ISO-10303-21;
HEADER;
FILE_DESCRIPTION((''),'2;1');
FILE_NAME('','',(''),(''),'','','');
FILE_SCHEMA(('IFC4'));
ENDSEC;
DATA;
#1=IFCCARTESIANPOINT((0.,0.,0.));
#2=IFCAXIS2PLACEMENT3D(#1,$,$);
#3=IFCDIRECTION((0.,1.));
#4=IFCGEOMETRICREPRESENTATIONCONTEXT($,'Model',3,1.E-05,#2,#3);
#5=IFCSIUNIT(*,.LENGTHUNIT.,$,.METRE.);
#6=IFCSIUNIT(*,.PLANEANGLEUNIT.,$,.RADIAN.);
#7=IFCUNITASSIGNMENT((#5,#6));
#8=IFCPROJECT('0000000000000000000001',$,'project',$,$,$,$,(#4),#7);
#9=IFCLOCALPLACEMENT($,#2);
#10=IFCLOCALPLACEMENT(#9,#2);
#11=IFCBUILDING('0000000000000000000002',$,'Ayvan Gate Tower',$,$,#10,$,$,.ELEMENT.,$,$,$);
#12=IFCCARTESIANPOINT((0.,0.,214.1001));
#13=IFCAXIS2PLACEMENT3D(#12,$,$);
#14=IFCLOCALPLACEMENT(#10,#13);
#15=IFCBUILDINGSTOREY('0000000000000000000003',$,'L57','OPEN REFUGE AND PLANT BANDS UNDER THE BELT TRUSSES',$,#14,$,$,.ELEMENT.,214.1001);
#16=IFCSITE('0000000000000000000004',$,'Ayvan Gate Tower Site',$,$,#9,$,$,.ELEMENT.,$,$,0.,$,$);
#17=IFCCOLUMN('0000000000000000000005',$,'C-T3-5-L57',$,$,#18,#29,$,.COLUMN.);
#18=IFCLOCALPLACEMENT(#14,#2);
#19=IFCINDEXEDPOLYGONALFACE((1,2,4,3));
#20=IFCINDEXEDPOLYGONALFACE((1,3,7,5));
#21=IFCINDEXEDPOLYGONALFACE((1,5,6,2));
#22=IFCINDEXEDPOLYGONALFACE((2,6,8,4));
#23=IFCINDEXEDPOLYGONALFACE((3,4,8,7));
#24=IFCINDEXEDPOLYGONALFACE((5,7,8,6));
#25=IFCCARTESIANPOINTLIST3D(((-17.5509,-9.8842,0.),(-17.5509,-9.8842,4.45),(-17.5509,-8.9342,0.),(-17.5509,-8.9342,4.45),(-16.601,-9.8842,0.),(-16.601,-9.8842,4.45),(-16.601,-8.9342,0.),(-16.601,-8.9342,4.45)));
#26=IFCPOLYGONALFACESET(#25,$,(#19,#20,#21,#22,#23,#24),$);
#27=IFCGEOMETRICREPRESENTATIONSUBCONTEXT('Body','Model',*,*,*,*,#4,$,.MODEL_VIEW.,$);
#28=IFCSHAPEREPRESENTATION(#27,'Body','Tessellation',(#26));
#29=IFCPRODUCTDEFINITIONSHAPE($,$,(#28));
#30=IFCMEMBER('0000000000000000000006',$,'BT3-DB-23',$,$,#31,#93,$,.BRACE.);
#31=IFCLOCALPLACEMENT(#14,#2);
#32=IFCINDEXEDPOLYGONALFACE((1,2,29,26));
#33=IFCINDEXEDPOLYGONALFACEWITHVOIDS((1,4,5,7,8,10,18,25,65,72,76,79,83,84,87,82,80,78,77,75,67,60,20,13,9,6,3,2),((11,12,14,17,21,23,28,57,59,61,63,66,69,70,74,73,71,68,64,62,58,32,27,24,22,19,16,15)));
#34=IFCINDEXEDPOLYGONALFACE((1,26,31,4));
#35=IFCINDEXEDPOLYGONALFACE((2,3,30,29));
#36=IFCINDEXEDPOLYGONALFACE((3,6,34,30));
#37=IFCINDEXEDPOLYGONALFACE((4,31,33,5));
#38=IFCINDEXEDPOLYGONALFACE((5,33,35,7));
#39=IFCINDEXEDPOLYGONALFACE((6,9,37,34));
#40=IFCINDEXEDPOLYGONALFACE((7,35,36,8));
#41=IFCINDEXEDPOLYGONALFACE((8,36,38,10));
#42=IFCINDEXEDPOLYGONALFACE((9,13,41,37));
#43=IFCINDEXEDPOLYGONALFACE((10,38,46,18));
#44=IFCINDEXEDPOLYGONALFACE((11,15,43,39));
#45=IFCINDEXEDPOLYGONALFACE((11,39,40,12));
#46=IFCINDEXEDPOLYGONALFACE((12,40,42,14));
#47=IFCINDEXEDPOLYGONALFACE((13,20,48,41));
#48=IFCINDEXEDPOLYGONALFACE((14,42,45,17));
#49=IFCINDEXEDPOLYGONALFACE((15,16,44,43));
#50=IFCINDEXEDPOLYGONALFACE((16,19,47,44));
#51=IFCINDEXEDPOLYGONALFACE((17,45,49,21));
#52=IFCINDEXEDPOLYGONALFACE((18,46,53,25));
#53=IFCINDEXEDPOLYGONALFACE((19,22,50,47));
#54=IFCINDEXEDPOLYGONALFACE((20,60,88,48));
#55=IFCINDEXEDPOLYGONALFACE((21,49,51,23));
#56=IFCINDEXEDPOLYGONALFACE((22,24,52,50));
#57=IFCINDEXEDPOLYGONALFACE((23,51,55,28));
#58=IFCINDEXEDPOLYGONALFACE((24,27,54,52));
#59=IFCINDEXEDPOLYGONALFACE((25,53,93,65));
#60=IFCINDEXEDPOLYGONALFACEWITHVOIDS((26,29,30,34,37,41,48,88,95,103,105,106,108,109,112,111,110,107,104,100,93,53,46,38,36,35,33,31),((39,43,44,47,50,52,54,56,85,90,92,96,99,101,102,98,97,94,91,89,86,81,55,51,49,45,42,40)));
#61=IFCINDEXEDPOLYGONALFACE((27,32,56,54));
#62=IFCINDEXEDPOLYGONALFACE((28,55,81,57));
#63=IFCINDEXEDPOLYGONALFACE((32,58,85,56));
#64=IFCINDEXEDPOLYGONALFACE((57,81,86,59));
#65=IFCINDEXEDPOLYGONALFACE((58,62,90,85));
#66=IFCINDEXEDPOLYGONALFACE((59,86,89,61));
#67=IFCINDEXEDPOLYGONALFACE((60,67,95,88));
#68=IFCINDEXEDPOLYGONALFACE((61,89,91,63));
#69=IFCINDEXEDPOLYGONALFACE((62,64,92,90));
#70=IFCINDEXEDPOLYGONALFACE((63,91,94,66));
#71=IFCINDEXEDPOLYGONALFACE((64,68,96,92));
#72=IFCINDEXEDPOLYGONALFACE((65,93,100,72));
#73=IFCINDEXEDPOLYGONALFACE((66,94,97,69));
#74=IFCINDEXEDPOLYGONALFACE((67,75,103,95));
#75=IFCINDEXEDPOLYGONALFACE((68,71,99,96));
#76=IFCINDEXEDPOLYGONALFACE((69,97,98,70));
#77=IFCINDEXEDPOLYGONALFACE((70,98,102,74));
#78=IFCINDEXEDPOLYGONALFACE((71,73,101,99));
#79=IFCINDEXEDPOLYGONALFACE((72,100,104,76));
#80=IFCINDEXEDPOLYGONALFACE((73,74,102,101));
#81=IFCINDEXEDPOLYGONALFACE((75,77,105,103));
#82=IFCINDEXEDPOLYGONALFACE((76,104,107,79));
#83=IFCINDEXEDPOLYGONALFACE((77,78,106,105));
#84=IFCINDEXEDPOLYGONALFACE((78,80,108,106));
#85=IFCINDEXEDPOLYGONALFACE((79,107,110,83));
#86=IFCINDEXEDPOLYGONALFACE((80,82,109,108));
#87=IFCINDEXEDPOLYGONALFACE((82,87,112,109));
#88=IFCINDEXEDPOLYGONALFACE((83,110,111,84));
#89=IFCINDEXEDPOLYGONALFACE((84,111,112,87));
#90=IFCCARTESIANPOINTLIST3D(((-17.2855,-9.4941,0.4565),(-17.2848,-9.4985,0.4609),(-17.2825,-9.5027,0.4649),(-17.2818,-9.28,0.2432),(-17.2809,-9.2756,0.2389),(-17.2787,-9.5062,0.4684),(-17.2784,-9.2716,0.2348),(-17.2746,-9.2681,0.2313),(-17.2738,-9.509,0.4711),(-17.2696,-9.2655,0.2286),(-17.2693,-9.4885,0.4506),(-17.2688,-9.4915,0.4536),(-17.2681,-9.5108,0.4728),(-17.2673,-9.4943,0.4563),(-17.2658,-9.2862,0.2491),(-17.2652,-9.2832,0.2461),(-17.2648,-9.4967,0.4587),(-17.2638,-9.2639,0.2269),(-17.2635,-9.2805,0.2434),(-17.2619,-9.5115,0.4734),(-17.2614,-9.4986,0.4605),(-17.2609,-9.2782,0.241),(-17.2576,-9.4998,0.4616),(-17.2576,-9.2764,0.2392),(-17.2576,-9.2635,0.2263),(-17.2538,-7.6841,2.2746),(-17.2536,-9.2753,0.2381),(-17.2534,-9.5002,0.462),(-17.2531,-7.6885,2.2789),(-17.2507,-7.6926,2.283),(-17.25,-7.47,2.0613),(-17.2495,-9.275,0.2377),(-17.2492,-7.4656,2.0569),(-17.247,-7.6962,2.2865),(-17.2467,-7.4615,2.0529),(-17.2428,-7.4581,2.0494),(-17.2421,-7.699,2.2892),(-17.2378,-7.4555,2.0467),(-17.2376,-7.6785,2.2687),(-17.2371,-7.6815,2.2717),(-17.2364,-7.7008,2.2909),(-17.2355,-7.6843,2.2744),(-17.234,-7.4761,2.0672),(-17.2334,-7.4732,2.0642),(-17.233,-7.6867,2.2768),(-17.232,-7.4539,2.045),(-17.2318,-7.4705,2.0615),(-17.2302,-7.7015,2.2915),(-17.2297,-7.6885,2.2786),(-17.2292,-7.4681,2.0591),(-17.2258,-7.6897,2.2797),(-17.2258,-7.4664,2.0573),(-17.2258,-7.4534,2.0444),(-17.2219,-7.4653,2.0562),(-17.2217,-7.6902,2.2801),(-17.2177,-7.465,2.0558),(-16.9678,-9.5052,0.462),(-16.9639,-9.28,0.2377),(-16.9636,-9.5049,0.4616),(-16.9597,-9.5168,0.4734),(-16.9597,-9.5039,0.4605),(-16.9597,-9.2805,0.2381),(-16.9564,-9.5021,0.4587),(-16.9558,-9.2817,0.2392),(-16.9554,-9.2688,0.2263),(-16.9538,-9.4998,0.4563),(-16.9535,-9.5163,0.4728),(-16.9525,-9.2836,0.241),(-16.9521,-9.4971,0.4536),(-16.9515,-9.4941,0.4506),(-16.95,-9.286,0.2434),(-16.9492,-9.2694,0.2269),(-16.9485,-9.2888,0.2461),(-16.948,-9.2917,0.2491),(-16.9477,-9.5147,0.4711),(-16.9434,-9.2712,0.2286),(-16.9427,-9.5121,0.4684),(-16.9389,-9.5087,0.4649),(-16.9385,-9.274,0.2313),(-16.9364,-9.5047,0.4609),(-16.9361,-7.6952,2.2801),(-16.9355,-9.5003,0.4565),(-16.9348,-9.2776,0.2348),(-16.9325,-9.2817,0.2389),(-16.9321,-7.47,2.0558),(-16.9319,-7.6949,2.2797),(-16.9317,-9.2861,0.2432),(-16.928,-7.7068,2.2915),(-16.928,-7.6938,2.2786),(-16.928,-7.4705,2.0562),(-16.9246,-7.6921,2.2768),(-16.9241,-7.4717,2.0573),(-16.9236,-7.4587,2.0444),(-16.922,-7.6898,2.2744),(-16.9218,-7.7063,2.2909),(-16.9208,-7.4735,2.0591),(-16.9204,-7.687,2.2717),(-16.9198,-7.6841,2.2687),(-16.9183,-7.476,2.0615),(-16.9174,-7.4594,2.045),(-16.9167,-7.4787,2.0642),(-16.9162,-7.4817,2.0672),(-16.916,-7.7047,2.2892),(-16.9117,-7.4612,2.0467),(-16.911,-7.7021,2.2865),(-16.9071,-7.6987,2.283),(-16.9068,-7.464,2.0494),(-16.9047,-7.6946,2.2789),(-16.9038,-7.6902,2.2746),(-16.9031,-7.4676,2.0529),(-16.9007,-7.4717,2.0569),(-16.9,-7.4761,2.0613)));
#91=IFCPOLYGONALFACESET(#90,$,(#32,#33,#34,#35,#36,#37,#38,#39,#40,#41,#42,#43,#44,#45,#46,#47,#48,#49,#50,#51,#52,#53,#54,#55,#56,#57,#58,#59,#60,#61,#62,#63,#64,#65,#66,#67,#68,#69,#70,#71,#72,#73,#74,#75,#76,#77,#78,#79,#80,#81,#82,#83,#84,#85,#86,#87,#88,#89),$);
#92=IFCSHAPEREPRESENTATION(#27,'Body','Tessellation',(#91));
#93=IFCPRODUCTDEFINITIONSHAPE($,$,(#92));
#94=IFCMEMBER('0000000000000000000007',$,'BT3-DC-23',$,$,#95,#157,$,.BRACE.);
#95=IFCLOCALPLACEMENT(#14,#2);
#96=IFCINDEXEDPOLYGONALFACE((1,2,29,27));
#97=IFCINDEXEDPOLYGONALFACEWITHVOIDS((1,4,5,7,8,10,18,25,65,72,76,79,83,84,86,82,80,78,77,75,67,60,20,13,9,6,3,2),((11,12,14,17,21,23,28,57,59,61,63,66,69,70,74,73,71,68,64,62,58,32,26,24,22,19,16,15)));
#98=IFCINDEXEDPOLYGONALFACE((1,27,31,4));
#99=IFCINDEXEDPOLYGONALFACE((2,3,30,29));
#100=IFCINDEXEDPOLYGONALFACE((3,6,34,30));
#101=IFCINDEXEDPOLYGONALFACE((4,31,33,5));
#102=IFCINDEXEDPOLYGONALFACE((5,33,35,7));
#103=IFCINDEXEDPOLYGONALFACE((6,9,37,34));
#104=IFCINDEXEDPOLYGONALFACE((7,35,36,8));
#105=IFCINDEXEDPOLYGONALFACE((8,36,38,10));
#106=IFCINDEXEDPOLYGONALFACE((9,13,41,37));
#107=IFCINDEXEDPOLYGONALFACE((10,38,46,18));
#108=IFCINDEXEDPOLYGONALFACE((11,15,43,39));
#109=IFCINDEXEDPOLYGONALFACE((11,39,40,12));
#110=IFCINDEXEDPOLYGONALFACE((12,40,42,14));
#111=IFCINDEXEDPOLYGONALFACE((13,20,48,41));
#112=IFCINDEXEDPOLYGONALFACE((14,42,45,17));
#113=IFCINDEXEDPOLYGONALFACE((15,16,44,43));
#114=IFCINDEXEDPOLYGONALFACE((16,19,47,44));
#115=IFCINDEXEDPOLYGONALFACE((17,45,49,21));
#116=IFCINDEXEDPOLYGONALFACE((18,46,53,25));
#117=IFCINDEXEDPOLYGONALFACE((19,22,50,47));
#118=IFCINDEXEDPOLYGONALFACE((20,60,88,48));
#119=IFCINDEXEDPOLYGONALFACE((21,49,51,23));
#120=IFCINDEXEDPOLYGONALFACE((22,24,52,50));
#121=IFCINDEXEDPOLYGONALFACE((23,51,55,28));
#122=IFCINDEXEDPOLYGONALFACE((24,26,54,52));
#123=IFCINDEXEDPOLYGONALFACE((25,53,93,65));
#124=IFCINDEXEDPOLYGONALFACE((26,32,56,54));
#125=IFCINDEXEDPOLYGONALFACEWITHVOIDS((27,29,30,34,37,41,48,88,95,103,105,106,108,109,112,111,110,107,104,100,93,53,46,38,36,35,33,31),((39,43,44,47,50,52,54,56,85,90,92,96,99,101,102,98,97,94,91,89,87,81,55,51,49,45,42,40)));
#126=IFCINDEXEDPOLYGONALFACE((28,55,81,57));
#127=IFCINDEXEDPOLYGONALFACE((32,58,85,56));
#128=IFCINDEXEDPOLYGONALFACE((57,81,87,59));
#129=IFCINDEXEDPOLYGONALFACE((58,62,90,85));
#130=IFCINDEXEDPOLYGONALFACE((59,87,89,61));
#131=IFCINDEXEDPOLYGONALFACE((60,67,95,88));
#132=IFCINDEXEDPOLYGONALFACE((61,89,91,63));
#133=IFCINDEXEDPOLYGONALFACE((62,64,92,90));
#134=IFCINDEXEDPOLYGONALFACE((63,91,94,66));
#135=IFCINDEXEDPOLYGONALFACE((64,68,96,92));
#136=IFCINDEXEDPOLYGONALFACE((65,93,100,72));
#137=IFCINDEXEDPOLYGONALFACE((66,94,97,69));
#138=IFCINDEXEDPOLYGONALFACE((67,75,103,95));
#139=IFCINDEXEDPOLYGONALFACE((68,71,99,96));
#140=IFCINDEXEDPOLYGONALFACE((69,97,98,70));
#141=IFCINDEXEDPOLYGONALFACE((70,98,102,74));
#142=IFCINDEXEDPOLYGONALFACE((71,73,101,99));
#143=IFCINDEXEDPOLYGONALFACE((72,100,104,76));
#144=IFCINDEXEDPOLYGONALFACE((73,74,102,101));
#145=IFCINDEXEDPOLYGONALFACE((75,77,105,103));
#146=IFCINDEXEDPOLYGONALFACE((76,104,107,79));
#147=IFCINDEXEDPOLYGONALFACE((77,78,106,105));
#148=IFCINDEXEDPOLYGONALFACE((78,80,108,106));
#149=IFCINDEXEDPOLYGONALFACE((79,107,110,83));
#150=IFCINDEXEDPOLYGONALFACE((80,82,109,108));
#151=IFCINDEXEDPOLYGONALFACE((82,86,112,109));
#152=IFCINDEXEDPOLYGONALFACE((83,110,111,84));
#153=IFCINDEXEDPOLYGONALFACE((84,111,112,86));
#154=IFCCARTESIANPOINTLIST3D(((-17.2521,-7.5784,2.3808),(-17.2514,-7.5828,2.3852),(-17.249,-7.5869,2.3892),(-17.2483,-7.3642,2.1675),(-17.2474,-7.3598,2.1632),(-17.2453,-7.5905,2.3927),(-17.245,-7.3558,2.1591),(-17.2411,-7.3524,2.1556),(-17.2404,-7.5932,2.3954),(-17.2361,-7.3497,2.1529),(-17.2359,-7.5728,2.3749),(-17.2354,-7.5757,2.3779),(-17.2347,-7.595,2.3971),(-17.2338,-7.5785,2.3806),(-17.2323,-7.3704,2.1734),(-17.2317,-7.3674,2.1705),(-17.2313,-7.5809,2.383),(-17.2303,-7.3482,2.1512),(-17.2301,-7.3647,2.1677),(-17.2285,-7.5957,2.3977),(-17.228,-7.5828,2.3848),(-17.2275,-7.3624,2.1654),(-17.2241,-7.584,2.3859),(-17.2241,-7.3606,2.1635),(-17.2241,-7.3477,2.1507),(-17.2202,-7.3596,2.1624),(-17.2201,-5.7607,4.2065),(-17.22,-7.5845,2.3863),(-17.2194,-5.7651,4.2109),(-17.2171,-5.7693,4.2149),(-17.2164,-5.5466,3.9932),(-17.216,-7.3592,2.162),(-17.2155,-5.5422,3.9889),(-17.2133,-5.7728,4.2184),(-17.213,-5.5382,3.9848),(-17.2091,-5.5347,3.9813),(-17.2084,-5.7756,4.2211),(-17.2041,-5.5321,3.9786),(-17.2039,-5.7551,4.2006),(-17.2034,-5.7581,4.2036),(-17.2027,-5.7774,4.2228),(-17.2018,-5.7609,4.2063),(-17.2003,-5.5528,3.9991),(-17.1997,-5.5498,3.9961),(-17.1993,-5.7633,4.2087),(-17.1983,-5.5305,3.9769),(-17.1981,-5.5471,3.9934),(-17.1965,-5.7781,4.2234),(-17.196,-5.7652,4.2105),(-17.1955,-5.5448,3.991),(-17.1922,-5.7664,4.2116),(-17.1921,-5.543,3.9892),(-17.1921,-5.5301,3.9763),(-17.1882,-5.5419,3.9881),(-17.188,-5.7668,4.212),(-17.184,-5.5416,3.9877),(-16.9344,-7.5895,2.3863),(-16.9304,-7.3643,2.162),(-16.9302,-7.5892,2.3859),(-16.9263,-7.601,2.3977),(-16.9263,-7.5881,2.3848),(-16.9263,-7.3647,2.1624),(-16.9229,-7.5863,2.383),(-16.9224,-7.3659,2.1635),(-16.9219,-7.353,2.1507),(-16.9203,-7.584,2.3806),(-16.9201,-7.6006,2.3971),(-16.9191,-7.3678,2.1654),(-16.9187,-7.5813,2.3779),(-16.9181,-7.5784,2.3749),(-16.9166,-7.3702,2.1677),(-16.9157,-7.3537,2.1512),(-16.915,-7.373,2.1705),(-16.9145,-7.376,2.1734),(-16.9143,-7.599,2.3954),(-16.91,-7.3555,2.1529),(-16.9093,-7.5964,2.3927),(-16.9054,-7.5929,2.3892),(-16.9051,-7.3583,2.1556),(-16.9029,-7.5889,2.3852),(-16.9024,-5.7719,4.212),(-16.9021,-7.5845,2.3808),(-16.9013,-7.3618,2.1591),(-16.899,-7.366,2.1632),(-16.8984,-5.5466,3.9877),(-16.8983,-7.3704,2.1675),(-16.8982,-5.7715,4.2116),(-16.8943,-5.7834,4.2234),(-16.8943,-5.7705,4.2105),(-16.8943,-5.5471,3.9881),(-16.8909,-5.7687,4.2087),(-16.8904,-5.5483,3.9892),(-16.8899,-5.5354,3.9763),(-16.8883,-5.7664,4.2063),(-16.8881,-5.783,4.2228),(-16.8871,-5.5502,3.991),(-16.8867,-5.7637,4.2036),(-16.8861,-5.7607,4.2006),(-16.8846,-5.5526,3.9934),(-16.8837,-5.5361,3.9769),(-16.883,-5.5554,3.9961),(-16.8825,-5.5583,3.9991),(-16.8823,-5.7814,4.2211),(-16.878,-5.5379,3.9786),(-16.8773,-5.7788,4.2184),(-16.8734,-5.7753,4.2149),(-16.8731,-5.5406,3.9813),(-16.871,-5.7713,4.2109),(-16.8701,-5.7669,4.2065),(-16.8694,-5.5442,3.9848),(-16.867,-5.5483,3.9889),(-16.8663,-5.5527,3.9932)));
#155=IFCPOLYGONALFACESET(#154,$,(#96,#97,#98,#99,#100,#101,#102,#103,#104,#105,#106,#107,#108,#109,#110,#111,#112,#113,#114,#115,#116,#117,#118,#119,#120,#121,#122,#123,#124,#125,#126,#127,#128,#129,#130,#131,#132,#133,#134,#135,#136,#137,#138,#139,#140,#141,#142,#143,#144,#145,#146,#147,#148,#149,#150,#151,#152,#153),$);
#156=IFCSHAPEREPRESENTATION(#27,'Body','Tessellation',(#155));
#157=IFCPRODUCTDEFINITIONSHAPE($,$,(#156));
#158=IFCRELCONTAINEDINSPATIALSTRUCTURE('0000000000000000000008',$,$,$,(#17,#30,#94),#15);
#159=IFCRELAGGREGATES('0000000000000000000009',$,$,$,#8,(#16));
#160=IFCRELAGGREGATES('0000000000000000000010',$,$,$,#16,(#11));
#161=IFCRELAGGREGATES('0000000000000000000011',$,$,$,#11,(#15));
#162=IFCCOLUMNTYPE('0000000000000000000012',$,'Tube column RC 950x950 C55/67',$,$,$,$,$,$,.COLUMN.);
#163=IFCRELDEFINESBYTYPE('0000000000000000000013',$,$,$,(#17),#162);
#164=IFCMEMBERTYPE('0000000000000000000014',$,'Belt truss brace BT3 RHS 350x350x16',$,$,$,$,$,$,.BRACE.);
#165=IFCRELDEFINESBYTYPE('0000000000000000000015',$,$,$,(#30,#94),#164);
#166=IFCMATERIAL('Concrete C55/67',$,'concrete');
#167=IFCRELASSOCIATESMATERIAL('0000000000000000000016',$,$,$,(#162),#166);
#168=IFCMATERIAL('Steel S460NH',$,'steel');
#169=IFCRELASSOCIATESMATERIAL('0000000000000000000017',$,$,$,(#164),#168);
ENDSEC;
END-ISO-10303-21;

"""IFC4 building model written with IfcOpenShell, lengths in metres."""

from ifc_helpers import new_model, si_unit, direction, frame, origin, origin_2d, place, context, subcontext, project, spatial, rectangle, hollow_rectangle, extrude, material, material_profile, profile_set, type_object, element, save


model = new_model("IFC4")

# Units and contexts
model_context = context("Model", 3, precision=1e-05, world=origin(), true_north=direction((0.0, 1.0)))
body_context = subcontext(model_context, "Body", "Model", "MODEL_VIEW")
ifc_project = project(units=[si_unit("LENGTHUNIT", "METRE"), si_unit("PLANEANGLEUNIT", "RADIAN")], contexts=[model_context])

# Site, building, storey
site_placement = place(None, origin())
site = spatial("IfcSite", under=ifc_project, at=site_placement, Name="Ayvan Gate Tower Site", CompositionType="ELEMENT", RefElevation=0.0)
building_placement = place(site_placement, origin())
building = spatial("IfcBuilding", under=site, at=building_placement, Name="Ayvan Gate Tower", CompositionType="ELEMENT")
storey_placement = place(building_placement, frame((0.0, 0.0, 214.1001)))
storey = spatial("IfcBuildingStorey", under=building, at=storey_placement, Name="L57", Description="OPEN REFUGE AND PLANT BANDS UNDER THE BELT TRUSSES", CompositionType="ELEMENT", Elevation=214.1001)

# Column
ifc_material_1 = material(Name="Concrete C55/67", Category="concrete")
ifc_material_profile_1 = material_profile(ifc_material_1, rectangle(XDim=0.95, YDim=0.95, at=origin_2d()), Name="RC 950x950")
ifc_profile_set_1 = profile_set([ifc_material_profile_1], Name="Concrete C55/67")
column_type = type_object("IfcColumnType", Name="Tube column RC 950x950 C55/67", PredefinedType="COLUMN", material=ifc_profile_set_1)
column_placement = place(storey_placement, frame((-17.0759, -9.4092, 0.0), z_axis=(0.0, 0.0, 1.0), x_axis=(-1.0, 0.0, 0.0)))
element("IfcColumn", 1, at=column_placement, inside=storey, type_object=column_type, Name="C-T3-5-L57", PredefinedType="COLUMN", context=body_context, shape_type="SweptSolid", body=[
    extrude(rectangle(XDim=0.95, YDim=0.95, at=origin_2d()), origin(), (0.0, 0.0, 1.0), 4.45),
])

# Members
ifc_material_2 = material(Name="Steel S460NH", Category="steel")
ifc_material_profile_2 = material_profile(ifc_material_2, hollow_rectangle(XDim=0.3501, YDim=0.3501, WallThickness=0.0161, InnerFilletRadius=0.0161, OuterFilletRadius=0.0239, at=origin_2d()), Name="RHS 350x350x16")
ifc_profile_set_2 = profile_set([ifc_material_profile_2], Name="Steel S460NH")
member_type_1 = type_object("IfcMemberType", Name="Belt truss brace BT3 RHS 350x350x16", PredefinedType="BRACE", material=ifc_profile_set_2)
member_1_placement = place(storey_placement, frame((-17.1086, -9.3901, 0.3499), z_axis=(0.01237, 0.705481, 0.708621), x_axis=(-0.999846, 0.017532, 0.0)))
element("IfcMember", 2, at=member_1_placement, inside=storey, type_object=member_type_1, Name="BT3-DB-23", PredefinedType="BRACE", context=body_context, shape_type="SweptSolid", body=[
    extrude(hollow_rectangle(XDim=0.3501, YDim=0.3501, WallThickness=0.0161, InnerFilletRadius=0.0161, OuterFilletRadius=0.0239, at=origin_2d()), origin(), (0.0, 0.0, 1.0), 2.5657),
])
member_2_placement = place(storey_placement, frame((-17.0752, -7.4744, 2.2742), z_axis=(0.012414, 0.705487, 0.708614), x_axis=(-0.999845, 0.017593, 0.0)))
element("IfcMember", 3, at=member_2_placement, inside=storey, type_object=member_type_1, Name="BT3-DC-23", PredefinedType="BRACE", context=body_context, shape_type="SweptSolid", body=[
    extrude(hollow_rectangle(XDim=0.3501, YDim=0.3501, WallThickness=0.0161, InnerFilletRadius=0.0161, OuterFilletRadius=0.0239, at=origin_2d()), origin(), (0.0, 0.0, 1.0), 2.5764),
])

save(model, "model.ifc")
